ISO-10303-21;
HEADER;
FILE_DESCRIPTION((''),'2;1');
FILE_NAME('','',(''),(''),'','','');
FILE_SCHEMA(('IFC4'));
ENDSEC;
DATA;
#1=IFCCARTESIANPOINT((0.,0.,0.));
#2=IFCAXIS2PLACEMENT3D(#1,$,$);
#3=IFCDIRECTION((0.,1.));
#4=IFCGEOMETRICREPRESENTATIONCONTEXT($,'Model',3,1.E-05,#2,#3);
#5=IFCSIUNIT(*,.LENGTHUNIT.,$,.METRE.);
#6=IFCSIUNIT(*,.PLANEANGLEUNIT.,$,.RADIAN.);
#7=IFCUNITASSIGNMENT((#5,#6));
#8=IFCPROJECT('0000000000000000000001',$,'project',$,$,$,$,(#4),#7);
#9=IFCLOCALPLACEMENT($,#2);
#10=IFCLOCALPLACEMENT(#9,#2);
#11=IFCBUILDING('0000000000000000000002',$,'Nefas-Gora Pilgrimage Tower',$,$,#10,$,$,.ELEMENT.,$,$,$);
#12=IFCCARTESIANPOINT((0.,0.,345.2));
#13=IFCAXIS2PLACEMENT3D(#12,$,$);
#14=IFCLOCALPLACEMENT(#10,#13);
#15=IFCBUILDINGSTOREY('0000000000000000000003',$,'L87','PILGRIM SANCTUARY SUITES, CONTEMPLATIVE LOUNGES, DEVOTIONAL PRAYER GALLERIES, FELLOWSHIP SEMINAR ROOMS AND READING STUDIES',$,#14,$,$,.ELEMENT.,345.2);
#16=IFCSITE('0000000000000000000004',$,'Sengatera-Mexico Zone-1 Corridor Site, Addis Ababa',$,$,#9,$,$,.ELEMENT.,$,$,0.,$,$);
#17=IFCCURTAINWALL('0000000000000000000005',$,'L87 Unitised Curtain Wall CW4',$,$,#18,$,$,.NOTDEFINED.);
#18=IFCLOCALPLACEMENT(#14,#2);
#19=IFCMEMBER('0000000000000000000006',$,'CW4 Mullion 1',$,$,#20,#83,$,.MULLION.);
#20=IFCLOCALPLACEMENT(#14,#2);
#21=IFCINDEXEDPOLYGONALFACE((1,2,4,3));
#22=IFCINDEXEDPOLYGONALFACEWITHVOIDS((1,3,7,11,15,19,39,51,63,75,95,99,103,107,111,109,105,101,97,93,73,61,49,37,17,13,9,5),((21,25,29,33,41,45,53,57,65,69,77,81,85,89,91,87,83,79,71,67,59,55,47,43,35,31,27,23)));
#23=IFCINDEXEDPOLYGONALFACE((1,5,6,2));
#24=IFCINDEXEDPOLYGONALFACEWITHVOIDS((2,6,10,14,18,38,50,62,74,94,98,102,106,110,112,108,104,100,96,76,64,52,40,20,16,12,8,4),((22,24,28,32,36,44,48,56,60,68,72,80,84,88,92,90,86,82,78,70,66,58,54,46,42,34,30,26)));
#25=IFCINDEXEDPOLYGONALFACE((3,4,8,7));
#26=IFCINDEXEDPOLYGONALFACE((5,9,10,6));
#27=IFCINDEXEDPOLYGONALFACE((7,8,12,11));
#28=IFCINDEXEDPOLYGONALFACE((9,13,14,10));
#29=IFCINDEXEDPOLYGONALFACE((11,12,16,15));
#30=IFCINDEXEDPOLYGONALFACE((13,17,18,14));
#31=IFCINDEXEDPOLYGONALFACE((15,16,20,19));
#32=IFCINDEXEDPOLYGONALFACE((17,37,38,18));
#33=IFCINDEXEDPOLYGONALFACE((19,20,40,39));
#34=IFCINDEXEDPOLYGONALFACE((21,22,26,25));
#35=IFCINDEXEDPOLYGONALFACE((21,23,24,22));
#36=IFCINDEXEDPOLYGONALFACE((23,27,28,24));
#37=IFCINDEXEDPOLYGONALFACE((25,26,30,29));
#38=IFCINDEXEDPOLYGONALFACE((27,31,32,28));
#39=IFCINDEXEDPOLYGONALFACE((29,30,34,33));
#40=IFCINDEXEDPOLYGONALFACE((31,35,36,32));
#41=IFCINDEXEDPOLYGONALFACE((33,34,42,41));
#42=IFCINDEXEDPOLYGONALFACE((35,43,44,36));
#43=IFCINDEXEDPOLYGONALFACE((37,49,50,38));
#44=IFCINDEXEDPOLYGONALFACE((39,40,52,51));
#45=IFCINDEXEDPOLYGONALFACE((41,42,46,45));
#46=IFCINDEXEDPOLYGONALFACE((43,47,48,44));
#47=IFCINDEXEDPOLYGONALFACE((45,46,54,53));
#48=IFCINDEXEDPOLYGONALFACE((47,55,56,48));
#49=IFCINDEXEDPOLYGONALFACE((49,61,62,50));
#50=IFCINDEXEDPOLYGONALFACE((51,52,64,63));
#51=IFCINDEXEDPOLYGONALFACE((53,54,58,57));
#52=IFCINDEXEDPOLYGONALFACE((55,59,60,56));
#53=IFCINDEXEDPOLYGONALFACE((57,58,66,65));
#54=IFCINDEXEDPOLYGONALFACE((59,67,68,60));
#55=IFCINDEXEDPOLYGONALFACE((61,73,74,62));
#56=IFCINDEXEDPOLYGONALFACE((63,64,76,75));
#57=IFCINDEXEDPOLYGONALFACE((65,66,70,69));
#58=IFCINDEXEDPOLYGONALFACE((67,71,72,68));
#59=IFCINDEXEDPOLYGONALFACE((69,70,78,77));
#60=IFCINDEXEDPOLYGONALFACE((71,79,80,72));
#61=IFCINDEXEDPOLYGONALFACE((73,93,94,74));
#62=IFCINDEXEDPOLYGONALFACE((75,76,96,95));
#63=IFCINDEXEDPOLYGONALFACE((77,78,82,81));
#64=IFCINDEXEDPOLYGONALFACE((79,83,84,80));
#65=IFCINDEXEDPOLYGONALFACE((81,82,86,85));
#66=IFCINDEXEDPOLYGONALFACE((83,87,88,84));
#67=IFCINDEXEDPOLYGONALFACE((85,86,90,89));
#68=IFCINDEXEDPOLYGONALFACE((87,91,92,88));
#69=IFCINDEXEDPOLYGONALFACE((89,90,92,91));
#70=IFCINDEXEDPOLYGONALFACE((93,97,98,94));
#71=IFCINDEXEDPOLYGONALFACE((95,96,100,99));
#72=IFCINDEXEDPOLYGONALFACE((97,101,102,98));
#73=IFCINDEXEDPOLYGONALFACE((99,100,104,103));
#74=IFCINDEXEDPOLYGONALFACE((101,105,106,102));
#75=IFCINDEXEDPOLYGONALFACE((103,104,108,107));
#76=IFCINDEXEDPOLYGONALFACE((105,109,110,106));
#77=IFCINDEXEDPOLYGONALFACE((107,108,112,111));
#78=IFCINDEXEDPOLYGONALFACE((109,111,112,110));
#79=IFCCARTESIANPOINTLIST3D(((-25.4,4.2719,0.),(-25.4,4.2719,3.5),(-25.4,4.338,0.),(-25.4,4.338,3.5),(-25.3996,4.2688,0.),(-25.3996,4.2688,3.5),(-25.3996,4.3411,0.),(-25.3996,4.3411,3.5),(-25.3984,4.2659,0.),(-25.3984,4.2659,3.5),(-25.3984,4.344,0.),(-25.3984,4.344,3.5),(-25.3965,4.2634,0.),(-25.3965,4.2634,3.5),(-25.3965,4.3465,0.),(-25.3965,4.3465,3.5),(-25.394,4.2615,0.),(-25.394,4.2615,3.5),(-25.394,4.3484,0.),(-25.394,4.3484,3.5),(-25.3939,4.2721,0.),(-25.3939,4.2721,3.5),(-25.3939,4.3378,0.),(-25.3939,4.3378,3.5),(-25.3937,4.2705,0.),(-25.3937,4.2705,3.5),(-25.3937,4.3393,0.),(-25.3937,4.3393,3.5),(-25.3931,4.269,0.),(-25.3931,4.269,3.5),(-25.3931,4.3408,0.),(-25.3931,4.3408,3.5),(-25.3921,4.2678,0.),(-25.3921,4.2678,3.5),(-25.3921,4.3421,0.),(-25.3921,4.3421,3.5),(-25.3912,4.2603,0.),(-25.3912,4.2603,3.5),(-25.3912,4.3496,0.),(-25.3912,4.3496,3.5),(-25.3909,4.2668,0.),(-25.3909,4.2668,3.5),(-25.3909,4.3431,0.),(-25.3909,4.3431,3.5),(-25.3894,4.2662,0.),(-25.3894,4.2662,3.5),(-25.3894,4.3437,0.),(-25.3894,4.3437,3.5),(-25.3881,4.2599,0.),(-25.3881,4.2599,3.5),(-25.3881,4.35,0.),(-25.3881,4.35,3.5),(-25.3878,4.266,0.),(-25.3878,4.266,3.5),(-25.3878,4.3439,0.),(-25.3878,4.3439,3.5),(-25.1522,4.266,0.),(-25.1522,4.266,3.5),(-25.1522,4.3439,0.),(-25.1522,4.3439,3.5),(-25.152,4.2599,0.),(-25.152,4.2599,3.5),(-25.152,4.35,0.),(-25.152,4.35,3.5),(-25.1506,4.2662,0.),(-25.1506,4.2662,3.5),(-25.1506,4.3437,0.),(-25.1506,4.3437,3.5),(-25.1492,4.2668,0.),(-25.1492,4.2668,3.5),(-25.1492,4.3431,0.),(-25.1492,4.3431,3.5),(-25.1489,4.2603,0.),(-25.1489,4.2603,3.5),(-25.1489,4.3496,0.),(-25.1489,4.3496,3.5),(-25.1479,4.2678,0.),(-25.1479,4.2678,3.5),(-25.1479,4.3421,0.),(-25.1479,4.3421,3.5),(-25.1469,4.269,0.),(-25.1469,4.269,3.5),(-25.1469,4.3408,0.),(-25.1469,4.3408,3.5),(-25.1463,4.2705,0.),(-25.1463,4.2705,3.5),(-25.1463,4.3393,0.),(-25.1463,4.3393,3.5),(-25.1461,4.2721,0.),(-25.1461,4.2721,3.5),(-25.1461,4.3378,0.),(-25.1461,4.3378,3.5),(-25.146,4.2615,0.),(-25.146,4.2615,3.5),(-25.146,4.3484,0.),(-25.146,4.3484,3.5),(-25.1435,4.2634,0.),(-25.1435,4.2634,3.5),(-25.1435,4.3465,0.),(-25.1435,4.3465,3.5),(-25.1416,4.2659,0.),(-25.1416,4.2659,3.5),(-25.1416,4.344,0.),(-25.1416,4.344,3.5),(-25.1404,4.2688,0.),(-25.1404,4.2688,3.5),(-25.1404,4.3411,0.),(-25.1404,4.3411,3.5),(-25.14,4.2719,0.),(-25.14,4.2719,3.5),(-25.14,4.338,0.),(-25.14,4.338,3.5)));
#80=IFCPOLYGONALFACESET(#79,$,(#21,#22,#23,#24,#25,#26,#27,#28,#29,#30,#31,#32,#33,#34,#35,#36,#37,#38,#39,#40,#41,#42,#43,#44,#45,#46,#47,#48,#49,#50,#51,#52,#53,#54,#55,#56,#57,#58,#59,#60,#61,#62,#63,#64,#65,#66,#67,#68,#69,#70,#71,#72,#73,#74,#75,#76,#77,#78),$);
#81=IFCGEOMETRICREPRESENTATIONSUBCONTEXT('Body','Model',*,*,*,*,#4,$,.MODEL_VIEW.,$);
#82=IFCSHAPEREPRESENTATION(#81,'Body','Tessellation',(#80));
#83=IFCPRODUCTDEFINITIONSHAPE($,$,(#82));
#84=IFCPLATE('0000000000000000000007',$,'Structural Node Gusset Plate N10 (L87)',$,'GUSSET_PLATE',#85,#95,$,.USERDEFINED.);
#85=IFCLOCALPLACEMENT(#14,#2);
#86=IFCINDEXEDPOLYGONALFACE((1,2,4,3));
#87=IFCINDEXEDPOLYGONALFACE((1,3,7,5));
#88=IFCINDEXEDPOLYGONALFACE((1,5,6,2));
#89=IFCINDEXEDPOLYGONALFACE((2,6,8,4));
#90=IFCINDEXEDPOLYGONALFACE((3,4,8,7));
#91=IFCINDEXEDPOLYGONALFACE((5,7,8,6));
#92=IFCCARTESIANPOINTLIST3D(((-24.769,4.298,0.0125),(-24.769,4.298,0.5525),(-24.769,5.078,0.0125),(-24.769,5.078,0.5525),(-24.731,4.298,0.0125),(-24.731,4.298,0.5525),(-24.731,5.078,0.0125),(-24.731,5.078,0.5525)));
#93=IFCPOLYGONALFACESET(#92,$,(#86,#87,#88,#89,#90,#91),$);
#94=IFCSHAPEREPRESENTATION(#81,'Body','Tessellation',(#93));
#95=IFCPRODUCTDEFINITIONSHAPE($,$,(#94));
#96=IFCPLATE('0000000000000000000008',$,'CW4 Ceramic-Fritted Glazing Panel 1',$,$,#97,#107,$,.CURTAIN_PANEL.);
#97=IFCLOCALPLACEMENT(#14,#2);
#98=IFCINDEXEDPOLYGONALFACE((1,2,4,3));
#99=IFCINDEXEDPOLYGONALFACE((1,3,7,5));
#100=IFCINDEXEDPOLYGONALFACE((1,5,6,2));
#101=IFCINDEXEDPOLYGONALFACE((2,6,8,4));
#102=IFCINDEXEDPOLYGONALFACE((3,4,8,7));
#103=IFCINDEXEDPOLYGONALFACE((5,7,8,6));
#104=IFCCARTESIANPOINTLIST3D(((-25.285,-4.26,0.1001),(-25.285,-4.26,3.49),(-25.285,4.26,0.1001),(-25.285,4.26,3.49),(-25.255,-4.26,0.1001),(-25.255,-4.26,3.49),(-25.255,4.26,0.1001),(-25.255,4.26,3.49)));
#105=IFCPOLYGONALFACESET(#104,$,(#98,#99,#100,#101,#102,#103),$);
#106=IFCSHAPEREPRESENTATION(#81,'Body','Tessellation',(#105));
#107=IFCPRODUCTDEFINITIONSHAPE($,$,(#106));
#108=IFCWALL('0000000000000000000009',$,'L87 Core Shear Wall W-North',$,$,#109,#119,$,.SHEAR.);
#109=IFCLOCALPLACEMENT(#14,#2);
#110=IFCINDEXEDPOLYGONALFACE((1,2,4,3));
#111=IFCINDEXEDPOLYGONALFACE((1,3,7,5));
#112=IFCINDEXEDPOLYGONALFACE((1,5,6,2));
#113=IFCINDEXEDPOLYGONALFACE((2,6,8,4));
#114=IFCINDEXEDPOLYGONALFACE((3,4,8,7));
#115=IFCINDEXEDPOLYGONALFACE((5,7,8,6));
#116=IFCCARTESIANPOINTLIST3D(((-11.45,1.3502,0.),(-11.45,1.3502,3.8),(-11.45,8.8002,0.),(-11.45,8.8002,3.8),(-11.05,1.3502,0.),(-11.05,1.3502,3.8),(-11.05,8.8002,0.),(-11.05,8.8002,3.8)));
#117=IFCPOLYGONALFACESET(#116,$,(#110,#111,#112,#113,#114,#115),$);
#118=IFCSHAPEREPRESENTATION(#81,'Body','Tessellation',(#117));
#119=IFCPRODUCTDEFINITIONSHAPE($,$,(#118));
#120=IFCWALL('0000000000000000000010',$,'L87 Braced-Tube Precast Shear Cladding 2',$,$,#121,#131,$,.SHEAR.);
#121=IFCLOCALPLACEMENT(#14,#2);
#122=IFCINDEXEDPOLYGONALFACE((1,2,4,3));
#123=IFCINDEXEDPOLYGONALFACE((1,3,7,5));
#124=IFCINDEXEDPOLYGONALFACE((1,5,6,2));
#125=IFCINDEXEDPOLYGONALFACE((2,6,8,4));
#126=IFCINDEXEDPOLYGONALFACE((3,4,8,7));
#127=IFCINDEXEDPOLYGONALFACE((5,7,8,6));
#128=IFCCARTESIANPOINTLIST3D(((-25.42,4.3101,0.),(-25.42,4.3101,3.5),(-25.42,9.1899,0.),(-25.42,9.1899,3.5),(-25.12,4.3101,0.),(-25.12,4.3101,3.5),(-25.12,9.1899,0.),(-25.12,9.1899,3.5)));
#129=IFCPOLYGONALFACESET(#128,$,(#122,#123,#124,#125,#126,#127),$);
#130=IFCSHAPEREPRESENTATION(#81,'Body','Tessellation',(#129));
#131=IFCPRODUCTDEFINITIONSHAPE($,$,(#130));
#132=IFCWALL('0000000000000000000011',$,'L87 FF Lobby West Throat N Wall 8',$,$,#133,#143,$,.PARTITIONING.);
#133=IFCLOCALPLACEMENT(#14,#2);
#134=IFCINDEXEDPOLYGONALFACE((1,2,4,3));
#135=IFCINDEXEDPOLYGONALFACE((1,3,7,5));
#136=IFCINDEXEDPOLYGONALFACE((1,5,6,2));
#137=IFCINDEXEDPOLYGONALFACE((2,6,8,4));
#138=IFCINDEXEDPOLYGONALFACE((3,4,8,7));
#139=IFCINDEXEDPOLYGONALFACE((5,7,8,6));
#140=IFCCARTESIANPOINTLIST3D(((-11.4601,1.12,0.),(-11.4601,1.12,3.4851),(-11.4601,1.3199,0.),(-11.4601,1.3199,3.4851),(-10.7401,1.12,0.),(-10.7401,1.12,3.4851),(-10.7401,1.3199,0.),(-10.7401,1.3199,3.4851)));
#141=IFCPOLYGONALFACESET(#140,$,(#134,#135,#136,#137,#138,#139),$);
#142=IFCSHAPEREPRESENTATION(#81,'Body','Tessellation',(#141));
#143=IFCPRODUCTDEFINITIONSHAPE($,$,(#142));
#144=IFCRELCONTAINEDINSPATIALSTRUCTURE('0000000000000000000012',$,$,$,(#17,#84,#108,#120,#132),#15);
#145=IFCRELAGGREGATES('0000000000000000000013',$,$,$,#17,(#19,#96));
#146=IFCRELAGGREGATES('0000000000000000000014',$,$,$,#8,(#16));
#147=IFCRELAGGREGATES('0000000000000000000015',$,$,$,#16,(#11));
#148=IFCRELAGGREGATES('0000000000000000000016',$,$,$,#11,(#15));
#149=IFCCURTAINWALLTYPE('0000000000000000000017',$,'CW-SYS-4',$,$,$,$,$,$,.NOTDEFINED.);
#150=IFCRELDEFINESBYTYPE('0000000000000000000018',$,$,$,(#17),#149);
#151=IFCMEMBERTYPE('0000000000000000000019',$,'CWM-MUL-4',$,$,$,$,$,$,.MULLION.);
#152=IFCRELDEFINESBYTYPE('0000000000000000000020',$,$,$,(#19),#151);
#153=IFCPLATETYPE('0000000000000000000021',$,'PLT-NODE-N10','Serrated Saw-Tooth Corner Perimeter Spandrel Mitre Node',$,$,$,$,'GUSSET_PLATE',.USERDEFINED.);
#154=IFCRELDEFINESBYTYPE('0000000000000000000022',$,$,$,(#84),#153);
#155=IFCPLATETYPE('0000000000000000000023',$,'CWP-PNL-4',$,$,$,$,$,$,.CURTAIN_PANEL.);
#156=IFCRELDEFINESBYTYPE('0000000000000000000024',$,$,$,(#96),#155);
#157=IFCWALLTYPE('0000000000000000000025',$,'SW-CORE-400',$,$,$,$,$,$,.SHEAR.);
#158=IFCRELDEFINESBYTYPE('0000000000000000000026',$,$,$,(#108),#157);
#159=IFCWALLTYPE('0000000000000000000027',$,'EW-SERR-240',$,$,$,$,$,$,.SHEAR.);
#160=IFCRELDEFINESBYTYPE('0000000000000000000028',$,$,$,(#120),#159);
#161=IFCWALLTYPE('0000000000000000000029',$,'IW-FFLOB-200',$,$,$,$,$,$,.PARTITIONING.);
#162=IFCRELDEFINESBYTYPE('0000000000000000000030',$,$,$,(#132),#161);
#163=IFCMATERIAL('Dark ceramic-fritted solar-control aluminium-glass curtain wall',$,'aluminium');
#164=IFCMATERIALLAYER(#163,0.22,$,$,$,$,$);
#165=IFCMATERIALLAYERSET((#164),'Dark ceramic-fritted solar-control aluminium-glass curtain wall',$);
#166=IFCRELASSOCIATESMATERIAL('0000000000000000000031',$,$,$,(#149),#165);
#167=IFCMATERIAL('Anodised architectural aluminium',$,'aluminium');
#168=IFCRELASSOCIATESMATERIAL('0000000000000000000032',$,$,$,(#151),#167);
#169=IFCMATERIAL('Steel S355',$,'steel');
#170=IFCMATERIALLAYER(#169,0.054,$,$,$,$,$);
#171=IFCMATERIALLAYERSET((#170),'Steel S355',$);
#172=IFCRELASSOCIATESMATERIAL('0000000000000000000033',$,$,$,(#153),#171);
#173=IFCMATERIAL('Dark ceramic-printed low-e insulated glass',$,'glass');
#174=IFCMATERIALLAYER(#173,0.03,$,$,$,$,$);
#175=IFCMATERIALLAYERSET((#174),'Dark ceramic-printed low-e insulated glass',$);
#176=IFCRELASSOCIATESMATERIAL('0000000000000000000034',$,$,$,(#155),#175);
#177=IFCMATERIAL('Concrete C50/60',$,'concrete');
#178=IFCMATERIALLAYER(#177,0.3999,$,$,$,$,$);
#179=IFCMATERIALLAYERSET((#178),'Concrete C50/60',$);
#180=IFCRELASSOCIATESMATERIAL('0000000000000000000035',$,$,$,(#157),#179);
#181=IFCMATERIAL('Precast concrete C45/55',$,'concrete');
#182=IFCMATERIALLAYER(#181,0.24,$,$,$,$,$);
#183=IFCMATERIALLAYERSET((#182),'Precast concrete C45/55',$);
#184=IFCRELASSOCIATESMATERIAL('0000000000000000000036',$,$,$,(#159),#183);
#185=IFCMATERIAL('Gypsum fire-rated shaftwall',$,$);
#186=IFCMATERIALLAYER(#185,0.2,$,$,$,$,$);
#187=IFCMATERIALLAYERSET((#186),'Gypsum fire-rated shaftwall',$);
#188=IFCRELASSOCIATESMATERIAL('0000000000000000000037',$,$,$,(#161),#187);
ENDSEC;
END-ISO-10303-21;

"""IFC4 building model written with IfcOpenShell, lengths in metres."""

from ifc_helpers import new_model, si_unit, direction, frame, frame_2d, origin, origin_2d, place, context, subcontext, project, spatial, rectangle, hollow_rectangle, extrude, source, transform, mapped, material, layer, layer_set, material_profile, profile_set, type_object, element, aggregate, save


model = new_model("IFC4")

# Units and contexts
model_context = context("Model", 3, precision=1e-05, world=origin(), true_north=direction((0.0, 1.0)))
body_context = subcontext(model_context, "Body", "Model", "MODEL_VIEW")
ifc_project = project(units=[si_unit("LENGTHUNIT", "METRE"), si_unit("PLANEANGLEUNIT", "RADIAN")], contexts=[model_context])

# Site, building, storey
site_placement = place(None, origin())
site = spatial("IfcSite", under=ifc_project, at=site_placement, Name="Sengatera-Mexico Zone-1 Corridor Site, Addis Ababa", CompositionType="ELEMENT", RefElevation=0.0)
building_placement = place(site_placement, origin())
building = spatial("IfcBuilding", under=site, at=building_placement, Name="Nefas-Gora Pilgrimage Tower", CompositionType="ELEMENT")
storey_placement = place(building_placement, frame((0.0, 0.0, 345.2)))
storey = spatial("IfcBuildingStorey", under=building, at=storey_placement, Name="L87", Description="PILGRIM SANCTUARY SUITES, CONTEMPLATIVE LOUNGES, DEVOTIONAL PRAYER GALLERIES, FELLOWSHIP SEMINAR ROOMS AND READING STUDIES", CompositionType="ELEMENT", Elevation=345.2)

# Shared definitions
ifc_material_1 = material(Name="Steel S355", Category="steel")

# Curtain wall, member
ifc_material_2 = material(Name="Dark ceramic-fritted solar-control aluminium-glass curtain wall", Category="aluminium")
ifc_layer_1 = layer(ifc_material_2, 0.22)
ifc_layer_set_1 = layer_set([ifc_layer_1], Name="Dark ceramic-fritted solar-control aluminium-glass curtain wall")
curtain_wall_type = type_object("IfcCurtainWallType", Name="CW-SYS-4", PredefinedType="NOTDEFINED", material=ifc_layer_set_1)
curtain_wall_placement = place(storey_placement, origin())
curtain_wall = element("IfcCurtainWall", 1, at=curtain_wall_placement, inside=storey, type_object=curtain_wall_type, Name="L87 Unitised Curtain Wall CW4", PredefinedType="NOTDEFINED")
ifc_material_3 = material(Name="Anodised architectural aluminium", Category="aluminium")
ifc_material_profile_1 = material_profile(ifc_material_3, hollow_rectangle(XDim=0.0901, YDim=0.26, WallThickness=0.0061, InnerFilletRadius=0.0061, OuterFilletRadius=0.012, at=origin_2d()), Name="ALU MULLION 90x260")
ifc_profile_set_1 = profile_set([ifc_material_profile_1], Name="Anodised architectural aluminium")
member_type_1 = type_object("IfcMemberType", Name="CWM-MUL-4", PredefinedType="MULLION", material=ifc_profile_set_1)
shared_shape_1 = source(origin(), body_context, "Body", "SweptSolid", [
    extrude(hollow_rectangle(XDim=0.0901, YDim=0.26, WallThickness=0.0061, InnerFilletRadius=0.0061, OuterFilletRadius=0.012, at=origin_2d()), origin(), (0.0, 0.0, 1.0), 3.5),
])
member_1_placement = place(storey_placement, frame((-25.27, 4.3049, 0.0), z_axis=(0.0, 0.0, 1.0), x_axis=(0.0, -1.0, 0.0)))
member_1 = element("IfcMember", 2, at=member_1_placement, type_object=member_type_1, Name="CW4 Mullion 1", PredefinedType="MULLION", context=body_context, shape_type="MappedRepresentation", body=[
    mapped(shared_shape_1, transform((0.0, 0.0, 0.0), x_axis=(1.0, 0.0, 0.0), y_axis=(0.0, 1.0, 0.0), z_axis=(0.0, 0.0, 1.0), scale=1.0)),
])

# Plates
ifc_layer_2 = layer(ifc_material_1, 0.054)
ifc_layer_set_2 = layer_set([ifc_layer_2], Name="Steel S355")
plate_type_1 = type_object("IfcPlateType", Name="PLT-NODE-N10", Description="Serrated Saw-Tooth Corner Perimeter Spandrel Mitre Node", ElementType="GUSSET_PLATE", PredefinedType="USERDEFINED", material=ifc_layer_set_2)
shared_shape_2 = source(origin(), body_context, "Body", "SweptSolid", [
    extrude(rectangle(XDim=0.78, YDim=0.0381, at=origin_2d()), origin(), (0.0, 0.0, 1.0), 0.54),
])
plate_1_placement = place(storey_placement, frame((-24.75, 4.688, 0.0125), z_axis=(0.0, 0.0, 1.0), x_axis=(0.0, 1.0, 0.0)))
element("IfcPlate", 3, at=plate_1_placement, inside=storey, type_object=plate_type_1, Name="Structural Node Gusset Plate N10 (L87)", ObjectType="GUSSET_PLATE", PredefinedType="USERDEFINED", context=body_context, shape_type="MappedRepresentation", body=[
    mapped(shared_shape_2, transform((0.0, 0.0, 0.0), x_axis=(1.0, 0.0, 0.0), y_axis=(0.0, 1.0, 0.0), z_axis=(0.0, 0.0, 1.0), scale=1.0)),
])
ifc_material_4 = material(Name="Dark ceramic-printed low-e insulated glass", Category="glass")
ifc_layer_3 = layer(ifc_material_4, 0.03)
ifc_layer_set_3 = layer_set([ifc_layer_3], Name="Dark ceramic-printed low-e insulated glass")
plate_type_2 = type_object("IfcPlateType", Name="CWP-PNL-4", PredefinedType="CURTAIN_PANEL", material=ifc_layer_set_3)
shared_shape_3 = source(origin(), body_context, "Body", "SweptSolid", [
    extrude(rectangle(XDim=8.52, YDim=0.03, at=origin_2d()), origin(), (0.0, 0.0, 1.0), 3.3899),
])
plate_2_placement = place(storey_placement, frame((-25.27, 0.0, 0.1001), z_axis=(0.0, 0.0, 1.0), x_axis=(0.0, -1.0, 0.0)))
plate_2 = element("IfcPlate", 4, at=plate_2_placement, type_object=plate_type_2, Name="CW4 Ceramic-Fritted Glazing Panel 1", PredefinedType="CURTAIN_PANEL", context=body_context, shape_type="MappedRepresentation", body=[
    mapped(shared_shape_3, transform((0.0, 0.0, 0.0), x_axis=(1.0, 0.0, 0.0), y_axis=(0.0, 1.0, 0.0), z_axis=(0.0, 0.0, 1.0), scale=1.0)),
])
aggregate(curtain_wall, [member_1, plate_2])

# Walls
ifc_material_5 = material(Name="Concrete C50/60", Category="concrete")
ifc_layer_4 = layer(ifc_material_5, 0.3999)
ifc_layer_set_4 = layer_set([ifc_layer_4], Name="Concrete C50/60")
wall_type_1 = type_object("IfcWallType", Name="SW-CORE-400", PredefinedType="SHEAR", material=ifc_layer_set_4)
shared_shape_4 = source(origin(), body_context, "Body", "SweptSolid", [
    extrude(rectangle(XDim=7.45, YDim=0.3999, at=frame_2d((3.7251, 0.0))), origin(), (0.0, 0.0, 1.0), 3.8),
])
wall_1_placement = place(storey_placement, frame((-11.25, 1.3501, 0.0), z_axis=(0.0, 0.0, 1.0), x_axis=(0.0, 1.0, 0.0)))
element("IfcWall", 5, at=wall_1_placement, inside=storey, type_object=wall_type_1, Name="L87 Core Shear Wall W-North", PredefinedType="SHEAR", context=body_context, shape_type="MappedRepresentation", body=[
    mapped(shared_shape_4, transform((0.0, 0.0, 0.0), x_axis=(1.0, 0.0, 0.0), y_axis=(0.0, 1.0, 0.0), z_axis=(0.0, 0.0, 1.0), scale=1.0)),
])
ifc_material_6 = material(Name="Precast concrete C45/55", Category="concrete")
ifc_layer_5 = layer(ifc_material_6, 0.24)
ifc_layer_set_5 = layer_set([ifc_layer_5], Name="Precast concrete C45/55")
wall_type_2 = type_object("IfcWallType", Name="EW-SERR-240", PredefinedType="SHEAR", material=ifc_layer_set_5)
shared_shape_5 = source(origin(), body_context, "Body", "SweptSolid", [
    extrude(rectangle(XDim=4.8799, YDim=0.3, at=frame_2d((2.4399, 0.0))), origin(), (0.0, 0.0, 1.0), 3.5),
])
wall_2_placement = place(storey_placement, frame((-25.27, 4.3101, 0.0), z_axis=(0.0, 0.0, 1.0), x_axis=(0.0, 1.0, 0.0)))
element("IfcWall", 6, at=wall_2_placement, inside=storey, type_object=wall_type_2, Name="L87 Braced-Tube Precast Shear Cladding 2", PredefinedType="SHEAR", context=body_context, shape_type="MappedRepresentation", body=[
    mapped(shared_shape_5, transform((0.0, 0.0, 0.0), x_axis=(1.0, 0.0, 0.0), y_axis=(0.0, 1.0, 0.0), z_axis=(0.0, 0.0, 1.0), scale=1.0)),
])
ifc_material_7 = material(Name="Gypsum fire-rated shaftwall")
ifc_layer_6 = layer(ifc_material_7, 0.2)
ifc_layer_set_6 = layer_set([ifc_layer_6], Name="Gypsum fire-rated shaftwall")
wall_type_3 = type_object("IfcWallType", Name="IW-FFLOB-200", PredefinedType="PARTITIONING", material=ifc_layer_set_6)
shared_shape_6 = source(origin(), body_context, "Body", "SweptSolid", [
    extrude(rectangle(XDim=0.72, YDim=0.2, at=frame_2d((0.3599, 0.0))), origin(), (0.0, 0.0, 1.0), 3.4851),
])
wall_3_placement = place(storey_placement, frame((-11.46, 1.22, 0.0), z_axis=(0.0, 0.0, 1.0), x_axis=(1.0, 0.0, 0.0)))
element("IfcWall", 7, at=wall_3_placement, inside=storey, type_object=wall_type_3, Name="L87 FF Lobby West Throat N Wall 8", PredefinedType="PARTITIONING", context=body_context, shape_type="MappedRepresentation", body=[
    mapped(shared_shape_6, transform((0.0, 0.0, 0.0), x_axis=(1.0, 0.0, 0.0), y_axis=(0.0, 1.0, 0.0), z_axis=(0.0, 0.0, 1.0), scale=1.0)),
])

save(model, "model.ifc")
